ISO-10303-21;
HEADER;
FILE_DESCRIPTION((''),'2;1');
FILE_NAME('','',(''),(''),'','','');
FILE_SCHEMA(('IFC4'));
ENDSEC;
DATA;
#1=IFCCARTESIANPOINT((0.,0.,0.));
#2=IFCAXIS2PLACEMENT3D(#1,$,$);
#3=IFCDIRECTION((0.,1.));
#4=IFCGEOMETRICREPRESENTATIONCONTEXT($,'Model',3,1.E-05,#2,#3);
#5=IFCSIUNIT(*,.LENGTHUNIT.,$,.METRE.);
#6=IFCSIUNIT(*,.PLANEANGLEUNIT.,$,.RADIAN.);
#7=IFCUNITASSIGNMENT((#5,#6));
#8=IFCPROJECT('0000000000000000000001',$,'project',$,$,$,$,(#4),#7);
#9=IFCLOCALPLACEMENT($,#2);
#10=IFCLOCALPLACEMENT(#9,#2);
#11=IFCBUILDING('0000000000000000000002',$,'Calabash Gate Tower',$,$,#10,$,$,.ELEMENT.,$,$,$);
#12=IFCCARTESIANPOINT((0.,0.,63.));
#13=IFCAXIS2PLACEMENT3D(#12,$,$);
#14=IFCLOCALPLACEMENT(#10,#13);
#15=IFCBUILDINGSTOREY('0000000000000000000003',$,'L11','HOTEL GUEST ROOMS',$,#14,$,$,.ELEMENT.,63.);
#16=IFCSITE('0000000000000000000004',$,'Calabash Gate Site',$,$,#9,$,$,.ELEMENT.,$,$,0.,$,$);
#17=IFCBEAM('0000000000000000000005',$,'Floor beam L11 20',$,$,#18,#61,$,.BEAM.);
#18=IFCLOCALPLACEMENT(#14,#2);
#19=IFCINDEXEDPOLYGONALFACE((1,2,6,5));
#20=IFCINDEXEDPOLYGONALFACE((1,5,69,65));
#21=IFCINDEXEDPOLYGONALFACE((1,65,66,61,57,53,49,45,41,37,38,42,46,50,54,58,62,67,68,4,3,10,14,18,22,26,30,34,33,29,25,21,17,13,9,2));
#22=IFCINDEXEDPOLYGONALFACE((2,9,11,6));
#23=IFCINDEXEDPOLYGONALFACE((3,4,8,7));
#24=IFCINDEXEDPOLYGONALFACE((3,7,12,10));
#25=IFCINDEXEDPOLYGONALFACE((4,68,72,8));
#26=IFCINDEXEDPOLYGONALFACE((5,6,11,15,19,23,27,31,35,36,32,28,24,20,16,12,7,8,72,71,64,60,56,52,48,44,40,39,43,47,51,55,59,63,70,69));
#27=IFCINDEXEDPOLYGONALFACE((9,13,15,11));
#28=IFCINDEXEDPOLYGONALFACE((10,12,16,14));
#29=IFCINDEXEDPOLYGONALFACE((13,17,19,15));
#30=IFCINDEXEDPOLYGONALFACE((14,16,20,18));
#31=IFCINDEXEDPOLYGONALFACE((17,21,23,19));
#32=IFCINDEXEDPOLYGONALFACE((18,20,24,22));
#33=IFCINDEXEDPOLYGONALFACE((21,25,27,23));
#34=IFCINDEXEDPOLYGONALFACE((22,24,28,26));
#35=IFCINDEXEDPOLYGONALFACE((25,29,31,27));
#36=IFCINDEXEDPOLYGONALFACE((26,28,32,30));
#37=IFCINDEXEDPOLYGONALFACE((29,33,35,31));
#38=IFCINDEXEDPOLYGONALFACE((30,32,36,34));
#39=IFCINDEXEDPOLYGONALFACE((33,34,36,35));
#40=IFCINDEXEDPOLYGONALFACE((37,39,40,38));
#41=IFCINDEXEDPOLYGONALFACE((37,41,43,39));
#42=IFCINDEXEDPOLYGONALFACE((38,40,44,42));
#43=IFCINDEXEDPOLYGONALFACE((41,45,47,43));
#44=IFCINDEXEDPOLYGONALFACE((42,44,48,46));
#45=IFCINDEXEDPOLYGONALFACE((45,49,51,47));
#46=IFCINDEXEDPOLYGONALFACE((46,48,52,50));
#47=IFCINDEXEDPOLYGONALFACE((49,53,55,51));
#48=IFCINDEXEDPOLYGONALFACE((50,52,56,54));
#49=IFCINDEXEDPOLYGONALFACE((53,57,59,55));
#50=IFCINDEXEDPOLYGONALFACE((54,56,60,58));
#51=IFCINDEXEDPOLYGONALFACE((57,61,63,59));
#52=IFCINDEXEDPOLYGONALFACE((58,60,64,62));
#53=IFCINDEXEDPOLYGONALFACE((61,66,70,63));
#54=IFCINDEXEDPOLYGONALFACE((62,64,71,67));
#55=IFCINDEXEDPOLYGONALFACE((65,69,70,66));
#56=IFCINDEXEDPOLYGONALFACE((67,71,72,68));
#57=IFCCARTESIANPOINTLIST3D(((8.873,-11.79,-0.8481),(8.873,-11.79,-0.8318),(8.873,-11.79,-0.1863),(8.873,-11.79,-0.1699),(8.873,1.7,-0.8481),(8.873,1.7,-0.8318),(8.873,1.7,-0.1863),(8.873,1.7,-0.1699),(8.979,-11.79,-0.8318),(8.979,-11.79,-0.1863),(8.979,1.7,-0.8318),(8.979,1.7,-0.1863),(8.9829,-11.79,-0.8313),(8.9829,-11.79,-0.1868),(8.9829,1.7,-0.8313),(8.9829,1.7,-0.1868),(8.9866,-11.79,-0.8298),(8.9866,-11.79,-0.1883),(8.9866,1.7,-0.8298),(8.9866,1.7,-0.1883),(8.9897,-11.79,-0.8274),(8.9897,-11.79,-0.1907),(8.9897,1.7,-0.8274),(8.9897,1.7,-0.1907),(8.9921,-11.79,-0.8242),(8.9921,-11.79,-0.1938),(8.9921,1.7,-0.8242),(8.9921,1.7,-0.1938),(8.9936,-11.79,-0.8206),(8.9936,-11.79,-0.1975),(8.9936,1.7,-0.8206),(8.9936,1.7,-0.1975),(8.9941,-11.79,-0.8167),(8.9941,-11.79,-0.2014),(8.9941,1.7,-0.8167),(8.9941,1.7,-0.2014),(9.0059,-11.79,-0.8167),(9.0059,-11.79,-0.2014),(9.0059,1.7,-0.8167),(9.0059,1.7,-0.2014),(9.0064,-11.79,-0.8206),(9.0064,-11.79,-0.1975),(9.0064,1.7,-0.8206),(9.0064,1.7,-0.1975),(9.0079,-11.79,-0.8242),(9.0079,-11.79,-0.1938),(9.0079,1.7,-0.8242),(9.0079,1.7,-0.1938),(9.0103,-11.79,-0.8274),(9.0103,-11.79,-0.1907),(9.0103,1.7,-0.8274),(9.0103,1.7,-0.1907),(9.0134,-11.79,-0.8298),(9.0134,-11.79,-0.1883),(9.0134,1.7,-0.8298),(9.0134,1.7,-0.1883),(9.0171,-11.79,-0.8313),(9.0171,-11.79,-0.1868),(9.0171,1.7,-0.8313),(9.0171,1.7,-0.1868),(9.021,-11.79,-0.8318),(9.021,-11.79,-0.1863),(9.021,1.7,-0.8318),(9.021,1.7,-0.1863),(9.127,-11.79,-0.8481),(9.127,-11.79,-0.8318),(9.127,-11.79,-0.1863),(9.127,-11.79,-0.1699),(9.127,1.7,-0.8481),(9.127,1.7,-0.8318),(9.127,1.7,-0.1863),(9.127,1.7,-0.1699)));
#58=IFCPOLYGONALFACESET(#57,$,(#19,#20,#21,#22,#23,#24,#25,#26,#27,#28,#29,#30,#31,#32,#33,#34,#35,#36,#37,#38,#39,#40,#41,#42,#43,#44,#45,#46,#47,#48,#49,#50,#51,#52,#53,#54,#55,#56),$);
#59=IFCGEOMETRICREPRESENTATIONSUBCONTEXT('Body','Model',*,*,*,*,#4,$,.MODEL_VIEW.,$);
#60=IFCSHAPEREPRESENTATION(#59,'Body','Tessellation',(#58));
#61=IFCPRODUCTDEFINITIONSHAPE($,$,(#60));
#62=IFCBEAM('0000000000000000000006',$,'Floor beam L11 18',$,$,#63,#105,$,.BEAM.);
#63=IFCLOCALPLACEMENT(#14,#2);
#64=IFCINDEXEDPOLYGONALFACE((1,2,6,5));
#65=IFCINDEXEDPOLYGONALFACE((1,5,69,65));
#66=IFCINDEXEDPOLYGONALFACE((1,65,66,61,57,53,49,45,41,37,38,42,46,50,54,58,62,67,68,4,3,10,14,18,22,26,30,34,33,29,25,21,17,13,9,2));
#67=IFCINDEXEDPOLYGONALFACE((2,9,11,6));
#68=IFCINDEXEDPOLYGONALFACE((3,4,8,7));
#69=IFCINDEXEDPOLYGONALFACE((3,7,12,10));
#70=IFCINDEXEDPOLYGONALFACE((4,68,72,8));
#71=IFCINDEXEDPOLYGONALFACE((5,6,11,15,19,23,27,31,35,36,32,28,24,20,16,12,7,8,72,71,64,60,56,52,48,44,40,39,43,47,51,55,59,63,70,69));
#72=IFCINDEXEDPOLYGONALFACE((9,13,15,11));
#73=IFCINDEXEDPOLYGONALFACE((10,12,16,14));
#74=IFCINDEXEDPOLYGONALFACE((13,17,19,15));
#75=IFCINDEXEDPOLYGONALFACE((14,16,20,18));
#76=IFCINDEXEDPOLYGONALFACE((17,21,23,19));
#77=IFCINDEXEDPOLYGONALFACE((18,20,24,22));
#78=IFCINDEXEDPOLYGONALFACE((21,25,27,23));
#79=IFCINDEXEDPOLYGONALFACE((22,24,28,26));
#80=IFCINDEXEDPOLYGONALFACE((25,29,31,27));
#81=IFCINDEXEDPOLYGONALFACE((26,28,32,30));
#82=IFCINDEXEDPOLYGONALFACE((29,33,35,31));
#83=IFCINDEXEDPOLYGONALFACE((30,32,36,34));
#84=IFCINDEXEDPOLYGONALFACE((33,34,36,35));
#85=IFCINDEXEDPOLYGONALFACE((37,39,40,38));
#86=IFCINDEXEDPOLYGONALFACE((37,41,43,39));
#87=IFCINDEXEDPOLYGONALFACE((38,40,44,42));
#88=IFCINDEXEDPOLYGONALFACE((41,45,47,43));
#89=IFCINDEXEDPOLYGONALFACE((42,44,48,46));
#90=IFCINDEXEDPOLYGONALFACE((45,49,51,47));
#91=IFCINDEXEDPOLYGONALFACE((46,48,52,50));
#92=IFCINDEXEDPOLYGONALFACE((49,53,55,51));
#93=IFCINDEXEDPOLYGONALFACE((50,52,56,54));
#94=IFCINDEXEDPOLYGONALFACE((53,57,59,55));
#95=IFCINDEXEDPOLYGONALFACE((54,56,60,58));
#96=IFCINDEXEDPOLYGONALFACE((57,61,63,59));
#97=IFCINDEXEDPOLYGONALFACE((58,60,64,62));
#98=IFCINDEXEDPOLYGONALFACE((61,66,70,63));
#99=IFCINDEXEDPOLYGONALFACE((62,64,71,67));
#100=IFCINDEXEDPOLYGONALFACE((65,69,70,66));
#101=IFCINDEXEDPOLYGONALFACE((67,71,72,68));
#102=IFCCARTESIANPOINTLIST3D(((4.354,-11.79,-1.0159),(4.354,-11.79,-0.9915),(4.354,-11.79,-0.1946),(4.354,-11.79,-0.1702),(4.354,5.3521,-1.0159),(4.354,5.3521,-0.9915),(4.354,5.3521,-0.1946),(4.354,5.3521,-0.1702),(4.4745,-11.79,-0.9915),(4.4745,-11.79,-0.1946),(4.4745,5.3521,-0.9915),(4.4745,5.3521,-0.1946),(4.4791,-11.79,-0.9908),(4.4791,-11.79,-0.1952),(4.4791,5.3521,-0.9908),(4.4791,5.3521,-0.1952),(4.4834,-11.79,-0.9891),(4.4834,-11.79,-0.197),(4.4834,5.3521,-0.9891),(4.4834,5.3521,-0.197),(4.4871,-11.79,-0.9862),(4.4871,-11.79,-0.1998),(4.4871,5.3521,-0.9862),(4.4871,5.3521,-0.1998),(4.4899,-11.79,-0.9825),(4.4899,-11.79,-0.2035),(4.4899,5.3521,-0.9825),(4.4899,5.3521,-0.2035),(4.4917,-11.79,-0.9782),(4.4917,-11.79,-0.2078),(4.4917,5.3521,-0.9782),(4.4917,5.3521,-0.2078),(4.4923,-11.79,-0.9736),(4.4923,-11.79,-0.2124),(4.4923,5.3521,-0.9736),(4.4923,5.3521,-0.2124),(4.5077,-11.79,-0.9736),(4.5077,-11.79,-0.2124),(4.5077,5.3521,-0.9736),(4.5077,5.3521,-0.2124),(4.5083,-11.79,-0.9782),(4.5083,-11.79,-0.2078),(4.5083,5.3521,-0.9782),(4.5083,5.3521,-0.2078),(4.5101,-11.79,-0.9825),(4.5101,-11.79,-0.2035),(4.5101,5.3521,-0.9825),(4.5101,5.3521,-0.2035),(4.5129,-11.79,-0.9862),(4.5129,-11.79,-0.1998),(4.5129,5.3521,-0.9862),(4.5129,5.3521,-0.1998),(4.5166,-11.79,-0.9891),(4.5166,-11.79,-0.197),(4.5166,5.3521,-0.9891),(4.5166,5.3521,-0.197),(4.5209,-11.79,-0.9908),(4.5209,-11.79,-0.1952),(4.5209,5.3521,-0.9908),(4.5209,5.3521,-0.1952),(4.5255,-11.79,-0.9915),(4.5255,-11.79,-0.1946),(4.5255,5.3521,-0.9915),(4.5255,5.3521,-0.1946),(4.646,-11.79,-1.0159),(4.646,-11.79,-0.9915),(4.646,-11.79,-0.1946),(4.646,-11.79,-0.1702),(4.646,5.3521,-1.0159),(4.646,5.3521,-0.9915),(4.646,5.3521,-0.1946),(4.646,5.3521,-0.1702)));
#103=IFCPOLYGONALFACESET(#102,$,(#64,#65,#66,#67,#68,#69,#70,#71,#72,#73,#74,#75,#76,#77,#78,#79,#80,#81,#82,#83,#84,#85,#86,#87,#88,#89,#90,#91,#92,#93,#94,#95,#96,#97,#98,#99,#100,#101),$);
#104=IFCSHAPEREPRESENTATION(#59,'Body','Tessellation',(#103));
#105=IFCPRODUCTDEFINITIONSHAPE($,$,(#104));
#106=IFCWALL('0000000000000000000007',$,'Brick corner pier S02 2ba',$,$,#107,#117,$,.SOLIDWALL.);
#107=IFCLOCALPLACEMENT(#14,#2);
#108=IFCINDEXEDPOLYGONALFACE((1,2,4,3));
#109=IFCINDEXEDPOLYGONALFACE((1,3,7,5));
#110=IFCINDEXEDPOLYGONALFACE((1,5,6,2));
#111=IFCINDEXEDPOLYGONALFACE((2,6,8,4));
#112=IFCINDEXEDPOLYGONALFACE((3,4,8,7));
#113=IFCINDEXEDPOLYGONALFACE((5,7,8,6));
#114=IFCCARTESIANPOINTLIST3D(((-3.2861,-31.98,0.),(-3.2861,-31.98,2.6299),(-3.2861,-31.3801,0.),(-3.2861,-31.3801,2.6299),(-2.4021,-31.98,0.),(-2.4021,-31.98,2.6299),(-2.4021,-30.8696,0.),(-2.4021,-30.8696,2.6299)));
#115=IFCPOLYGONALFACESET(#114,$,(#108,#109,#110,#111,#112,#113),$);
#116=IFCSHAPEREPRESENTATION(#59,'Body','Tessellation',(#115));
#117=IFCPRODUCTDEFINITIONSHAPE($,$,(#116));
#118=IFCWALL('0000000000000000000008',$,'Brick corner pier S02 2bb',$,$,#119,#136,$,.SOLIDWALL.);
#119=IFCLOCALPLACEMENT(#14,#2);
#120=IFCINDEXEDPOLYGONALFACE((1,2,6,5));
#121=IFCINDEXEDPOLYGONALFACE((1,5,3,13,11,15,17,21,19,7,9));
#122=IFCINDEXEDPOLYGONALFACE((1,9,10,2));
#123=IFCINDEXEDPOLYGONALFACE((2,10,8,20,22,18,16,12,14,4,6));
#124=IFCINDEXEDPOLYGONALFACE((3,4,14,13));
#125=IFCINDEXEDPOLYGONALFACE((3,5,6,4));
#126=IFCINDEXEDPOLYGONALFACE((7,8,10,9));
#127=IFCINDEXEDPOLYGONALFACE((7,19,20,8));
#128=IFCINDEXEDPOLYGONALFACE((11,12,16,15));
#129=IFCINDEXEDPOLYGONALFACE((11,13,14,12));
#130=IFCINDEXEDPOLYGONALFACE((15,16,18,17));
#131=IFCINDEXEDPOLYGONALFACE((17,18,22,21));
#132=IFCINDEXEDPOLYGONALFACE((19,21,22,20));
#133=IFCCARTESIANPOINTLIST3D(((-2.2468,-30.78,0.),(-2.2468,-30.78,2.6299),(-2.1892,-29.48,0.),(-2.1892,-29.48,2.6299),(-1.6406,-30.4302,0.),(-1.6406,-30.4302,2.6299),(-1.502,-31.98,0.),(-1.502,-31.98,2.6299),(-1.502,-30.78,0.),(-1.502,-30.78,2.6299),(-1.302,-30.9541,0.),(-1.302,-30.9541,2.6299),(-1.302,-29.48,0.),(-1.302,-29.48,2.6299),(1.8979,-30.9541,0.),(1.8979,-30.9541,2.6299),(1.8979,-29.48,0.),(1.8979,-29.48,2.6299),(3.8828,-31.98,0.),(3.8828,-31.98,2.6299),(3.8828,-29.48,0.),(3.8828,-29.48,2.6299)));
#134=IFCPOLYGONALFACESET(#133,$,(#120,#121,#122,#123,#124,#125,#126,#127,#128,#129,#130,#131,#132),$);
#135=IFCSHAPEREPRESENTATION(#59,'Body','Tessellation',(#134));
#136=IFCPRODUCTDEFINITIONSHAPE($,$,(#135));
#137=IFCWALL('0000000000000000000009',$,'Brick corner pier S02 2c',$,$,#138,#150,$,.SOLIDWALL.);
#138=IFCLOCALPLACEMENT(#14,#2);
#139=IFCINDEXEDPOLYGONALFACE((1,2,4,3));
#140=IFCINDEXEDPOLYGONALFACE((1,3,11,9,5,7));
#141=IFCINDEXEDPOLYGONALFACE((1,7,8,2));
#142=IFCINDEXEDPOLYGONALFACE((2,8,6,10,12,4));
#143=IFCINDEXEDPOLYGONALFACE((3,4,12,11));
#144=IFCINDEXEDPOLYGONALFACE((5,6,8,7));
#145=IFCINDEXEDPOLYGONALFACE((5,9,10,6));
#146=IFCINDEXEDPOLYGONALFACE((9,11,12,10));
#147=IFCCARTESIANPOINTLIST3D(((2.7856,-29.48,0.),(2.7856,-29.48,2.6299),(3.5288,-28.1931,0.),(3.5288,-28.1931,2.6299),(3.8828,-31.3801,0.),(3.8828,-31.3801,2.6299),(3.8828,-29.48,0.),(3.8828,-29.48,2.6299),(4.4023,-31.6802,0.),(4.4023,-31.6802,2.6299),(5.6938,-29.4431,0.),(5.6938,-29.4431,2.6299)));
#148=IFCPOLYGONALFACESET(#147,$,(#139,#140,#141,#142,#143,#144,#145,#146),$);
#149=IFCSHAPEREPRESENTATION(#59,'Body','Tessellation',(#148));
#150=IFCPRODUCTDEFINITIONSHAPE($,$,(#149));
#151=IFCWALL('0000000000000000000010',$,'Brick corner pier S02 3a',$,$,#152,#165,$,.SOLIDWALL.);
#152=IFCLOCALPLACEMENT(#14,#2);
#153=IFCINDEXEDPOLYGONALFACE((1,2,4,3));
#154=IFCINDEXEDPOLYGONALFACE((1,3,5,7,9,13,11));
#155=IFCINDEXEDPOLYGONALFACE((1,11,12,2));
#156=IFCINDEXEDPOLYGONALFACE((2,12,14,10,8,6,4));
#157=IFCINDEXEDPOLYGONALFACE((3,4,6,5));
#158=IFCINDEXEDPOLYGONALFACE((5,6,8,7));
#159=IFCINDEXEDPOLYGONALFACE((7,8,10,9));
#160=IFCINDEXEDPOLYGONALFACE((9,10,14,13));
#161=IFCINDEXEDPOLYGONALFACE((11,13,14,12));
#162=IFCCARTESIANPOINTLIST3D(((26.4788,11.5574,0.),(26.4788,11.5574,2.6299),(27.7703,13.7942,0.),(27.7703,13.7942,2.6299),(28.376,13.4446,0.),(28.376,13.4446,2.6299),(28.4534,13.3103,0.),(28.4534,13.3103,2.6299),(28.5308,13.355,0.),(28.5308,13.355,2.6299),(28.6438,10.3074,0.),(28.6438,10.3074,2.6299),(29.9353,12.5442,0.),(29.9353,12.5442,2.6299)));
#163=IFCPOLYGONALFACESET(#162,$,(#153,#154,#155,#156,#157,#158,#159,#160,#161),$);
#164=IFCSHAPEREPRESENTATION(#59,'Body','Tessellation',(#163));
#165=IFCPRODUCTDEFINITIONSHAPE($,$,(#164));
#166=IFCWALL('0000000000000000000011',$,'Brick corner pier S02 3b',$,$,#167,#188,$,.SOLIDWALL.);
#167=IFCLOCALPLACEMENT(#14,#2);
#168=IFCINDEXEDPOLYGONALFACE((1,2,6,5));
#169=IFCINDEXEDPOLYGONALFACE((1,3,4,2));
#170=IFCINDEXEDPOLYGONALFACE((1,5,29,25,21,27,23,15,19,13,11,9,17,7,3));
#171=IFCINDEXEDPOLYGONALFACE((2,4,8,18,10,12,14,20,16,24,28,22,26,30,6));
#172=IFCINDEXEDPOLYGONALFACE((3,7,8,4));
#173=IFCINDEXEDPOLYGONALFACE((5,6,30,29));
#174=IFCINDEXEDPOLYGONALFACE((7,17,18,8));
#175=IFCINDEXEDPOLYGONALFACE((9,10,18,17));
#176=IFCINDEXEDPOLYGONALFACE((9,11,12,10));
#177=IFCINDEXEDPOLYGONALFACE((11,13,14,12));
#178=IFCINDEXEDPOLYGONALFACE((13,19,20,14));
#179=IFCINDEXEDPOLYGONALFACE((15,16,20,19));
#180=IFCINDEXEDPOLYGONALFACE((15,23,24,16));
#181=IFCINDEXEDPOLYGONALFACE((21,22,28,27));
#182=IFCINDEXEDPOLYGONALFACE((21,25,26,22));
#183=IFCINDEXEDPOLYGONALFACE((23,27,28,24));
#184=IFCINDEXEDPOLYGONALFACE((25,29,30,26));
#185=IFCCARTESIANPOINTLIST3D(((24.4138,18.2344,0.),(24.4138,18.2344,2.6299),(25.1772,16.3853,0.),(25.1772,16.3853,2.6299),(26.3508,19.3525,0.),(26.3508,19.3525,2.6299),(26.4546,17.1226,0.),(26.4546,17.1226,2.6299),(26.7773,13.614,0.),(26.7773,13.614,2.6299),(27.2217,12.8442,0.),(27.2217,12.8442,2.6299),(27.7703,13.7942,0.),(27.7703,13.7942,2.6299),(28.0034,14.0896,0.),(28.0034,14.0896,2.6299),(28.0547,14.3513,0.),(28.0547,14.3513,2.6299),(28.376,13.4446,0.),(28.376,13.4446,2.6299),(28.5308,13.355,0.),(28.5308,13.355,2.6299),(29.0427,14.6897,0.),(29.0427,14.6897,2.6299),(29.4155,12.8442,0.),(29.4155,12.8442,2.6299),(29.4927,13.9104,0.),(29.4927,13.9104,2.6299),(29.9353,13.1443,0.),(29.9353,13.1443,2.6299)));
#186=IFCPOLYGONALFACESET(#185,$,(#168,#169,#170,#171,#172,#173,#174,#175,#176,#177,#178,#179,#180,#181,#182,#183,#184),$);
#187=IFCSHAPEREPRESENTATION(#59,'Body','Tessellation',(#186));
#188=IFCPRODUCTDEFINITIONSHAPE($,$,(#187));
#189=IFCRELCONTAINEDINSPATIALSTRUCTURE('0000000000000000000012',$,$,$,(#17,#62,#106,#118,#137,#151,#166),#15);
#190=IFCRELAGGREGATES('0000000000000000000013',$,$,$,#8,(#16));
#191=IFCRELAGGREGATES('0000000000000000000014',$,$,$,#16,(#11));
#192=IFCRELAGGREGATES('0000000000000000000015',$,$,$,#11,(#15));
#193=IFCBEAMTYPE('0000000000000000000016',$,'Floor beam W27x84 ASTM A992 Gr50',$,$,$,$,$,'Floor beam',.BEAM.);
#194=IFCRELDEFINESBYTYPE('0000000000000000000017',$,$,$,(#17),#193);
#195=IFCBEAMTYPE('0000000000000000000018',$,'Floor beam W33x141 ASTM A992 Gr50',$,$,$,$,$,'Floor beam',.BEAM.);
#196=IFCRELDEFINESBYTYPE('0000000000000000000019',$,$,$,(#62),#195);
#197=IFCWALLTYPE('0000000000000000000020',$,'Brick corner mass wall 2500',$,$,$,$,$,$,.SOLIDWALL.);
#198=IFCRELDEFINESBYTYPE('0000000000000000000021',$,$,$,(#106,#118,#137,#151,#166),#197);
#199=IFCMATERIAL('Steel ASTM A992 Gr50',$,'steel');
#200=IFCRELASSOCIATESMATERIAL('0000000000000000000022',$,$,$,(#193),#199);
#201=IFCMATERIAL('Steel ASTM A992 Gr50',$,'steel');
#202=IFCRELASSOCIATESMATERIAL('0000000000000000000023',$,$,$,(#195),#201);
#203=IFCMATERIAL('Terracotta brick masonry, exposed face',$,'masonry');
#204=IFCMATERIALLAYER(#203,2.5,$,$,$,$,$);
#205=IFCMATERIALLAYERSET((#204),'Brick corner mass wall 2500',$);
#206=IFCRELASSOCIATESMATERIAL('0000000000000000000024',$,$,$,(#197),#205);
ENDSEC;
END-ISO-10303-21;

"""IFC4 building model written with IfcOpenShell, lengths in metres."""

from ifc_helpers import new_model, si_unit, direction, frame, origin, origin_2d, place, context, subcontext, project, spatial, polyline, i_section, outline, extrude, material, layer, layer_set, material_profile, profile_set, type_object, element, save


model = new_model("IFC4")

# Units and contexts
model_context = context("Model", 3, precision=1e-05, world=origin(), true_north=direction((0.0, 1.0)))
body_context = subcontext(model_context, "Body", "Model", "MODEL_VIEW")
ifc_project = project(units=[si_unit("LENGTHUNIT", "METRE"), si_unit("PLANEANGLEUNIT", "RADIAN")], contexts=[model_context])

# Site, building, storey
site_placement = place(None, origin())
site = spatial("IfcSite", under=ifc_project, at=site_placement, Name="Calabash Gate Site", CompositionType="ELEMENT", RefElevation=0.0)
building_placement = place(site_placement, origin())
building = spatial("IfcBuilding", under=site, at=building_placement, Name="Calabash Gate Tower", CompositionType="ELEMENT")
storey_placement = place(building_placement, frame((0.0, 0.0, 63.0)))
storey = spatial("IfcBuildingStorey", under=building, at=storey_placement, Name="L11", Description="HOTEL GUEST ROOMS", CompositionType="ELEMENT", Elevation=63.0)

# Beams
ifc_material_1 = material(Name="Steel ASTM A992 Gr50", Category="steel")
ifc_material_profile_1 = material_profile(ifc_material_1, i_section(OverallWidth=0.2539, OverallDepth=0.6782, WebThickness=0.0117, FlangeThickness=0.0164, FilletRadius=0.0151, at=origin_2d()))
ifc_profile_set_1 = profile_set([ifc_material_profile_1], Name="Steel ASTM A992 Gr50")
beam_type_1 = type_object("IfcBeamType", Name="Floor beam W27x84 ASTM A992 Gr50", ElementType="Floor beam", PredefinedType="BEAM", material=ifc_profile_set_1)
beam_1_placement = place(storey_placement, frame((9.0, -11.79, -0.509), z_axis=(0.0, 1.0, 0.0), x_axis=(-1.0, 0.0, 0.0)))
element("IfcBeam", 1, at=beam_1_placement, inside=storey, type_object=beam_type_1, Name="Floor beam L11 20", PredefinedType="BEAM", context=body_context, shape_type="SweptSolid", body=[
    extrude(i_section(OverallWidth=0.2539, OverallDepth=0.6782, WebThickness=0.0117, FlangeThickness=0.0164, FilletRadius=0.0151, at=origin_2d()), origin(), (0.0, 0.0, 1.0), 13.49),
])
ifc_material_2 = material(Name="Steel ASTM A992 Gr50", Category="steel")
ifc_material_profile_2 = material_profile(ifc_material_2, i_section(OverallWidth=0.292, OverallDepth=0.8457, WebThickness=0.0154, FlangeThickness=0.0244, FilletRadius=0.0178, at=origin_2d()))
ifc_profile_set_2 = profile_set([ifc_material_profile_2], Name="Steel ASTM A992 Gr50")
beam_type_2 = type_object("IfcBeamType", Name="Floor beam W33x141 ASTM A992 Gr50", ElementType="Floor beam", PredefinedType="BEAM", material=ifc_profile_set_2)
beam_2_placement = place(storey_placement, frame((4.5, -11.79, -0.593), z_axis=(0.0, 1.0, 0.0), x_axis=(-1.0, 0.0, 0.0)))
element("IfcBeam", 2, at=beam_2_placement, inside=storey, type_object=beam_type_2, Name="Floor beam L11 18", PredefinedType="BEAM", context=body_context, shape_type="SweptSolid", body=[
    extrude(i_section(OverallWidth=0.292, OverallDepth=0.8457, WebThickness=0.0154, FlangeThickness=0.0244, FilletRadius=0.0178, at=origin_2d()), origin(), (0.0, 0.0, 1.0), 17.1421),
])

# Walls
ifc_material_3 = material(Name="Terracotta brick masonry, exposed face", Category="masonry")
ifc_layer_1 = layer(ifc_material_3, 2.5)
ifc_layer_set_1 = layer_set([ifc_layer_1], Name="Brick corner mass wall 2500")
wall_type_1 = type_object("IfcWallType", Name="Brick corner mass wall 2500", PredefinedType="SOLIDWALL", material=ifc_layer_set_1)
wall_1_placement = place(storey_placement, origin())
element("IfcWall", 3, at=wall_1_placement, inside=storey, type_object=wall_type_1, Name="Brick corner pier S02 2ba", PredefinedType="SOLIDWALL", context=body_context, shape_type="SweptSolid", body=[
    extrude(outline(polyline([(-3.2861, -31.3801), (-3.2861, -31.98), (-2.4021, -31.98), (-2.4021, -30.8696), (-3.2861, -31.3801)])), origin(), (0.0, 0.0, 1.0), 2.6299),
])
wall_2_placement = place(storey_placement, origin())
element("IfcWall", 4, at=wall_2_placement, inside=storey, type_object=wall_type_1, Name="Brick corner pier S02 2bb", PredefinedType="SOLIDWALL", context=body_context, shape_type="SweptSolid", body=[
    extrude(outline(polyline([(-1.502, -30.78), (-1.502, -31.98), (3.8828, -31.98), (3.8828, -29.48), (1.8979, -29.48), (1.8979, -30.9541), (-1.302, -30.9541), (-1.302, -29.48), (-2.1892, -29.48), (-1.6406, -30.4302), (-2.2468, -30.78), (-1.502, -30.78)])), origin(), (0.0, 0.0, 1.0), 2.6299),
])
wall_3_placement = place(storey_placement, origin())
element("IfcWall", 5, at=wall_3_placement, inside=storey, type_object=wall_type_1, Name="Brick corner pier S02 2c", PredefinedType="SOLIDWALL", context=body_context, shape_type="SweptSolid", body=[
    extrude(outline(polyline([(5.6938, -29.4431), (3.5288, -28.1931), (2.7856, -29.48), (3.8828, -29.48), (3.8828, -31.3801), (4.4023, -31.6802), (5.6938, -29.4431)])), origin(), (0.0, 0.0, 1.0), 2.6299),
])
wall_4_placement = place(storey_placement, origin())
element("IfcWall", 6, at=wall_4_placement, inside=storey, type_object=wall_type_1, Name="Brick corner pier S02 3a", PredefinedType="SOLIDWALL", context=body_context, shape_type="SweptSolid", body=[
    extrude(outline(polyline([(26.4788, 11.5574), (28.6438, 10.3074), (29.9353, 12.5442), (28.5308, 13.355), (28.4534, 13.3103), (28.376, 13.4446), (27.7703, 13.7942), (26.4788, 11.5574)])), origin(), (0.0, 0.0, 1.0), 2.6299),
])
wall_5_placement = place(storey_placement, origin())
element("IfcWall", 7, at=wall_5_placement, inside=storey, type_object=wall_type_1, Name="Brick corner pier S02 3b", PredefinedType="SOLIDWALL", context=body_context, shape_type="SweptSolid", body=[
    extrude(outline(polyline([(27.2217, 12.8442), (27.7703, 13.7942), (28.376, 13.4446), (28.0034, 14.0896), (29.0427, 14.6897), (29.4927, 13.9104), (28.5308, 13.355), (29.4155, 12.8442), (29.9353, 13.1443), (26.3508, 19.3525), (24.4138, 18.2344), (25.1772, 16.3853), (26.4546, 17.1226), (28.0547, 14.3513), (26.7773, 13.614), (27.2217, 12.8442)])), origin(), (0.0, 0.0, 1.0), 2.6299),
])

save(model, "model.ifc")
